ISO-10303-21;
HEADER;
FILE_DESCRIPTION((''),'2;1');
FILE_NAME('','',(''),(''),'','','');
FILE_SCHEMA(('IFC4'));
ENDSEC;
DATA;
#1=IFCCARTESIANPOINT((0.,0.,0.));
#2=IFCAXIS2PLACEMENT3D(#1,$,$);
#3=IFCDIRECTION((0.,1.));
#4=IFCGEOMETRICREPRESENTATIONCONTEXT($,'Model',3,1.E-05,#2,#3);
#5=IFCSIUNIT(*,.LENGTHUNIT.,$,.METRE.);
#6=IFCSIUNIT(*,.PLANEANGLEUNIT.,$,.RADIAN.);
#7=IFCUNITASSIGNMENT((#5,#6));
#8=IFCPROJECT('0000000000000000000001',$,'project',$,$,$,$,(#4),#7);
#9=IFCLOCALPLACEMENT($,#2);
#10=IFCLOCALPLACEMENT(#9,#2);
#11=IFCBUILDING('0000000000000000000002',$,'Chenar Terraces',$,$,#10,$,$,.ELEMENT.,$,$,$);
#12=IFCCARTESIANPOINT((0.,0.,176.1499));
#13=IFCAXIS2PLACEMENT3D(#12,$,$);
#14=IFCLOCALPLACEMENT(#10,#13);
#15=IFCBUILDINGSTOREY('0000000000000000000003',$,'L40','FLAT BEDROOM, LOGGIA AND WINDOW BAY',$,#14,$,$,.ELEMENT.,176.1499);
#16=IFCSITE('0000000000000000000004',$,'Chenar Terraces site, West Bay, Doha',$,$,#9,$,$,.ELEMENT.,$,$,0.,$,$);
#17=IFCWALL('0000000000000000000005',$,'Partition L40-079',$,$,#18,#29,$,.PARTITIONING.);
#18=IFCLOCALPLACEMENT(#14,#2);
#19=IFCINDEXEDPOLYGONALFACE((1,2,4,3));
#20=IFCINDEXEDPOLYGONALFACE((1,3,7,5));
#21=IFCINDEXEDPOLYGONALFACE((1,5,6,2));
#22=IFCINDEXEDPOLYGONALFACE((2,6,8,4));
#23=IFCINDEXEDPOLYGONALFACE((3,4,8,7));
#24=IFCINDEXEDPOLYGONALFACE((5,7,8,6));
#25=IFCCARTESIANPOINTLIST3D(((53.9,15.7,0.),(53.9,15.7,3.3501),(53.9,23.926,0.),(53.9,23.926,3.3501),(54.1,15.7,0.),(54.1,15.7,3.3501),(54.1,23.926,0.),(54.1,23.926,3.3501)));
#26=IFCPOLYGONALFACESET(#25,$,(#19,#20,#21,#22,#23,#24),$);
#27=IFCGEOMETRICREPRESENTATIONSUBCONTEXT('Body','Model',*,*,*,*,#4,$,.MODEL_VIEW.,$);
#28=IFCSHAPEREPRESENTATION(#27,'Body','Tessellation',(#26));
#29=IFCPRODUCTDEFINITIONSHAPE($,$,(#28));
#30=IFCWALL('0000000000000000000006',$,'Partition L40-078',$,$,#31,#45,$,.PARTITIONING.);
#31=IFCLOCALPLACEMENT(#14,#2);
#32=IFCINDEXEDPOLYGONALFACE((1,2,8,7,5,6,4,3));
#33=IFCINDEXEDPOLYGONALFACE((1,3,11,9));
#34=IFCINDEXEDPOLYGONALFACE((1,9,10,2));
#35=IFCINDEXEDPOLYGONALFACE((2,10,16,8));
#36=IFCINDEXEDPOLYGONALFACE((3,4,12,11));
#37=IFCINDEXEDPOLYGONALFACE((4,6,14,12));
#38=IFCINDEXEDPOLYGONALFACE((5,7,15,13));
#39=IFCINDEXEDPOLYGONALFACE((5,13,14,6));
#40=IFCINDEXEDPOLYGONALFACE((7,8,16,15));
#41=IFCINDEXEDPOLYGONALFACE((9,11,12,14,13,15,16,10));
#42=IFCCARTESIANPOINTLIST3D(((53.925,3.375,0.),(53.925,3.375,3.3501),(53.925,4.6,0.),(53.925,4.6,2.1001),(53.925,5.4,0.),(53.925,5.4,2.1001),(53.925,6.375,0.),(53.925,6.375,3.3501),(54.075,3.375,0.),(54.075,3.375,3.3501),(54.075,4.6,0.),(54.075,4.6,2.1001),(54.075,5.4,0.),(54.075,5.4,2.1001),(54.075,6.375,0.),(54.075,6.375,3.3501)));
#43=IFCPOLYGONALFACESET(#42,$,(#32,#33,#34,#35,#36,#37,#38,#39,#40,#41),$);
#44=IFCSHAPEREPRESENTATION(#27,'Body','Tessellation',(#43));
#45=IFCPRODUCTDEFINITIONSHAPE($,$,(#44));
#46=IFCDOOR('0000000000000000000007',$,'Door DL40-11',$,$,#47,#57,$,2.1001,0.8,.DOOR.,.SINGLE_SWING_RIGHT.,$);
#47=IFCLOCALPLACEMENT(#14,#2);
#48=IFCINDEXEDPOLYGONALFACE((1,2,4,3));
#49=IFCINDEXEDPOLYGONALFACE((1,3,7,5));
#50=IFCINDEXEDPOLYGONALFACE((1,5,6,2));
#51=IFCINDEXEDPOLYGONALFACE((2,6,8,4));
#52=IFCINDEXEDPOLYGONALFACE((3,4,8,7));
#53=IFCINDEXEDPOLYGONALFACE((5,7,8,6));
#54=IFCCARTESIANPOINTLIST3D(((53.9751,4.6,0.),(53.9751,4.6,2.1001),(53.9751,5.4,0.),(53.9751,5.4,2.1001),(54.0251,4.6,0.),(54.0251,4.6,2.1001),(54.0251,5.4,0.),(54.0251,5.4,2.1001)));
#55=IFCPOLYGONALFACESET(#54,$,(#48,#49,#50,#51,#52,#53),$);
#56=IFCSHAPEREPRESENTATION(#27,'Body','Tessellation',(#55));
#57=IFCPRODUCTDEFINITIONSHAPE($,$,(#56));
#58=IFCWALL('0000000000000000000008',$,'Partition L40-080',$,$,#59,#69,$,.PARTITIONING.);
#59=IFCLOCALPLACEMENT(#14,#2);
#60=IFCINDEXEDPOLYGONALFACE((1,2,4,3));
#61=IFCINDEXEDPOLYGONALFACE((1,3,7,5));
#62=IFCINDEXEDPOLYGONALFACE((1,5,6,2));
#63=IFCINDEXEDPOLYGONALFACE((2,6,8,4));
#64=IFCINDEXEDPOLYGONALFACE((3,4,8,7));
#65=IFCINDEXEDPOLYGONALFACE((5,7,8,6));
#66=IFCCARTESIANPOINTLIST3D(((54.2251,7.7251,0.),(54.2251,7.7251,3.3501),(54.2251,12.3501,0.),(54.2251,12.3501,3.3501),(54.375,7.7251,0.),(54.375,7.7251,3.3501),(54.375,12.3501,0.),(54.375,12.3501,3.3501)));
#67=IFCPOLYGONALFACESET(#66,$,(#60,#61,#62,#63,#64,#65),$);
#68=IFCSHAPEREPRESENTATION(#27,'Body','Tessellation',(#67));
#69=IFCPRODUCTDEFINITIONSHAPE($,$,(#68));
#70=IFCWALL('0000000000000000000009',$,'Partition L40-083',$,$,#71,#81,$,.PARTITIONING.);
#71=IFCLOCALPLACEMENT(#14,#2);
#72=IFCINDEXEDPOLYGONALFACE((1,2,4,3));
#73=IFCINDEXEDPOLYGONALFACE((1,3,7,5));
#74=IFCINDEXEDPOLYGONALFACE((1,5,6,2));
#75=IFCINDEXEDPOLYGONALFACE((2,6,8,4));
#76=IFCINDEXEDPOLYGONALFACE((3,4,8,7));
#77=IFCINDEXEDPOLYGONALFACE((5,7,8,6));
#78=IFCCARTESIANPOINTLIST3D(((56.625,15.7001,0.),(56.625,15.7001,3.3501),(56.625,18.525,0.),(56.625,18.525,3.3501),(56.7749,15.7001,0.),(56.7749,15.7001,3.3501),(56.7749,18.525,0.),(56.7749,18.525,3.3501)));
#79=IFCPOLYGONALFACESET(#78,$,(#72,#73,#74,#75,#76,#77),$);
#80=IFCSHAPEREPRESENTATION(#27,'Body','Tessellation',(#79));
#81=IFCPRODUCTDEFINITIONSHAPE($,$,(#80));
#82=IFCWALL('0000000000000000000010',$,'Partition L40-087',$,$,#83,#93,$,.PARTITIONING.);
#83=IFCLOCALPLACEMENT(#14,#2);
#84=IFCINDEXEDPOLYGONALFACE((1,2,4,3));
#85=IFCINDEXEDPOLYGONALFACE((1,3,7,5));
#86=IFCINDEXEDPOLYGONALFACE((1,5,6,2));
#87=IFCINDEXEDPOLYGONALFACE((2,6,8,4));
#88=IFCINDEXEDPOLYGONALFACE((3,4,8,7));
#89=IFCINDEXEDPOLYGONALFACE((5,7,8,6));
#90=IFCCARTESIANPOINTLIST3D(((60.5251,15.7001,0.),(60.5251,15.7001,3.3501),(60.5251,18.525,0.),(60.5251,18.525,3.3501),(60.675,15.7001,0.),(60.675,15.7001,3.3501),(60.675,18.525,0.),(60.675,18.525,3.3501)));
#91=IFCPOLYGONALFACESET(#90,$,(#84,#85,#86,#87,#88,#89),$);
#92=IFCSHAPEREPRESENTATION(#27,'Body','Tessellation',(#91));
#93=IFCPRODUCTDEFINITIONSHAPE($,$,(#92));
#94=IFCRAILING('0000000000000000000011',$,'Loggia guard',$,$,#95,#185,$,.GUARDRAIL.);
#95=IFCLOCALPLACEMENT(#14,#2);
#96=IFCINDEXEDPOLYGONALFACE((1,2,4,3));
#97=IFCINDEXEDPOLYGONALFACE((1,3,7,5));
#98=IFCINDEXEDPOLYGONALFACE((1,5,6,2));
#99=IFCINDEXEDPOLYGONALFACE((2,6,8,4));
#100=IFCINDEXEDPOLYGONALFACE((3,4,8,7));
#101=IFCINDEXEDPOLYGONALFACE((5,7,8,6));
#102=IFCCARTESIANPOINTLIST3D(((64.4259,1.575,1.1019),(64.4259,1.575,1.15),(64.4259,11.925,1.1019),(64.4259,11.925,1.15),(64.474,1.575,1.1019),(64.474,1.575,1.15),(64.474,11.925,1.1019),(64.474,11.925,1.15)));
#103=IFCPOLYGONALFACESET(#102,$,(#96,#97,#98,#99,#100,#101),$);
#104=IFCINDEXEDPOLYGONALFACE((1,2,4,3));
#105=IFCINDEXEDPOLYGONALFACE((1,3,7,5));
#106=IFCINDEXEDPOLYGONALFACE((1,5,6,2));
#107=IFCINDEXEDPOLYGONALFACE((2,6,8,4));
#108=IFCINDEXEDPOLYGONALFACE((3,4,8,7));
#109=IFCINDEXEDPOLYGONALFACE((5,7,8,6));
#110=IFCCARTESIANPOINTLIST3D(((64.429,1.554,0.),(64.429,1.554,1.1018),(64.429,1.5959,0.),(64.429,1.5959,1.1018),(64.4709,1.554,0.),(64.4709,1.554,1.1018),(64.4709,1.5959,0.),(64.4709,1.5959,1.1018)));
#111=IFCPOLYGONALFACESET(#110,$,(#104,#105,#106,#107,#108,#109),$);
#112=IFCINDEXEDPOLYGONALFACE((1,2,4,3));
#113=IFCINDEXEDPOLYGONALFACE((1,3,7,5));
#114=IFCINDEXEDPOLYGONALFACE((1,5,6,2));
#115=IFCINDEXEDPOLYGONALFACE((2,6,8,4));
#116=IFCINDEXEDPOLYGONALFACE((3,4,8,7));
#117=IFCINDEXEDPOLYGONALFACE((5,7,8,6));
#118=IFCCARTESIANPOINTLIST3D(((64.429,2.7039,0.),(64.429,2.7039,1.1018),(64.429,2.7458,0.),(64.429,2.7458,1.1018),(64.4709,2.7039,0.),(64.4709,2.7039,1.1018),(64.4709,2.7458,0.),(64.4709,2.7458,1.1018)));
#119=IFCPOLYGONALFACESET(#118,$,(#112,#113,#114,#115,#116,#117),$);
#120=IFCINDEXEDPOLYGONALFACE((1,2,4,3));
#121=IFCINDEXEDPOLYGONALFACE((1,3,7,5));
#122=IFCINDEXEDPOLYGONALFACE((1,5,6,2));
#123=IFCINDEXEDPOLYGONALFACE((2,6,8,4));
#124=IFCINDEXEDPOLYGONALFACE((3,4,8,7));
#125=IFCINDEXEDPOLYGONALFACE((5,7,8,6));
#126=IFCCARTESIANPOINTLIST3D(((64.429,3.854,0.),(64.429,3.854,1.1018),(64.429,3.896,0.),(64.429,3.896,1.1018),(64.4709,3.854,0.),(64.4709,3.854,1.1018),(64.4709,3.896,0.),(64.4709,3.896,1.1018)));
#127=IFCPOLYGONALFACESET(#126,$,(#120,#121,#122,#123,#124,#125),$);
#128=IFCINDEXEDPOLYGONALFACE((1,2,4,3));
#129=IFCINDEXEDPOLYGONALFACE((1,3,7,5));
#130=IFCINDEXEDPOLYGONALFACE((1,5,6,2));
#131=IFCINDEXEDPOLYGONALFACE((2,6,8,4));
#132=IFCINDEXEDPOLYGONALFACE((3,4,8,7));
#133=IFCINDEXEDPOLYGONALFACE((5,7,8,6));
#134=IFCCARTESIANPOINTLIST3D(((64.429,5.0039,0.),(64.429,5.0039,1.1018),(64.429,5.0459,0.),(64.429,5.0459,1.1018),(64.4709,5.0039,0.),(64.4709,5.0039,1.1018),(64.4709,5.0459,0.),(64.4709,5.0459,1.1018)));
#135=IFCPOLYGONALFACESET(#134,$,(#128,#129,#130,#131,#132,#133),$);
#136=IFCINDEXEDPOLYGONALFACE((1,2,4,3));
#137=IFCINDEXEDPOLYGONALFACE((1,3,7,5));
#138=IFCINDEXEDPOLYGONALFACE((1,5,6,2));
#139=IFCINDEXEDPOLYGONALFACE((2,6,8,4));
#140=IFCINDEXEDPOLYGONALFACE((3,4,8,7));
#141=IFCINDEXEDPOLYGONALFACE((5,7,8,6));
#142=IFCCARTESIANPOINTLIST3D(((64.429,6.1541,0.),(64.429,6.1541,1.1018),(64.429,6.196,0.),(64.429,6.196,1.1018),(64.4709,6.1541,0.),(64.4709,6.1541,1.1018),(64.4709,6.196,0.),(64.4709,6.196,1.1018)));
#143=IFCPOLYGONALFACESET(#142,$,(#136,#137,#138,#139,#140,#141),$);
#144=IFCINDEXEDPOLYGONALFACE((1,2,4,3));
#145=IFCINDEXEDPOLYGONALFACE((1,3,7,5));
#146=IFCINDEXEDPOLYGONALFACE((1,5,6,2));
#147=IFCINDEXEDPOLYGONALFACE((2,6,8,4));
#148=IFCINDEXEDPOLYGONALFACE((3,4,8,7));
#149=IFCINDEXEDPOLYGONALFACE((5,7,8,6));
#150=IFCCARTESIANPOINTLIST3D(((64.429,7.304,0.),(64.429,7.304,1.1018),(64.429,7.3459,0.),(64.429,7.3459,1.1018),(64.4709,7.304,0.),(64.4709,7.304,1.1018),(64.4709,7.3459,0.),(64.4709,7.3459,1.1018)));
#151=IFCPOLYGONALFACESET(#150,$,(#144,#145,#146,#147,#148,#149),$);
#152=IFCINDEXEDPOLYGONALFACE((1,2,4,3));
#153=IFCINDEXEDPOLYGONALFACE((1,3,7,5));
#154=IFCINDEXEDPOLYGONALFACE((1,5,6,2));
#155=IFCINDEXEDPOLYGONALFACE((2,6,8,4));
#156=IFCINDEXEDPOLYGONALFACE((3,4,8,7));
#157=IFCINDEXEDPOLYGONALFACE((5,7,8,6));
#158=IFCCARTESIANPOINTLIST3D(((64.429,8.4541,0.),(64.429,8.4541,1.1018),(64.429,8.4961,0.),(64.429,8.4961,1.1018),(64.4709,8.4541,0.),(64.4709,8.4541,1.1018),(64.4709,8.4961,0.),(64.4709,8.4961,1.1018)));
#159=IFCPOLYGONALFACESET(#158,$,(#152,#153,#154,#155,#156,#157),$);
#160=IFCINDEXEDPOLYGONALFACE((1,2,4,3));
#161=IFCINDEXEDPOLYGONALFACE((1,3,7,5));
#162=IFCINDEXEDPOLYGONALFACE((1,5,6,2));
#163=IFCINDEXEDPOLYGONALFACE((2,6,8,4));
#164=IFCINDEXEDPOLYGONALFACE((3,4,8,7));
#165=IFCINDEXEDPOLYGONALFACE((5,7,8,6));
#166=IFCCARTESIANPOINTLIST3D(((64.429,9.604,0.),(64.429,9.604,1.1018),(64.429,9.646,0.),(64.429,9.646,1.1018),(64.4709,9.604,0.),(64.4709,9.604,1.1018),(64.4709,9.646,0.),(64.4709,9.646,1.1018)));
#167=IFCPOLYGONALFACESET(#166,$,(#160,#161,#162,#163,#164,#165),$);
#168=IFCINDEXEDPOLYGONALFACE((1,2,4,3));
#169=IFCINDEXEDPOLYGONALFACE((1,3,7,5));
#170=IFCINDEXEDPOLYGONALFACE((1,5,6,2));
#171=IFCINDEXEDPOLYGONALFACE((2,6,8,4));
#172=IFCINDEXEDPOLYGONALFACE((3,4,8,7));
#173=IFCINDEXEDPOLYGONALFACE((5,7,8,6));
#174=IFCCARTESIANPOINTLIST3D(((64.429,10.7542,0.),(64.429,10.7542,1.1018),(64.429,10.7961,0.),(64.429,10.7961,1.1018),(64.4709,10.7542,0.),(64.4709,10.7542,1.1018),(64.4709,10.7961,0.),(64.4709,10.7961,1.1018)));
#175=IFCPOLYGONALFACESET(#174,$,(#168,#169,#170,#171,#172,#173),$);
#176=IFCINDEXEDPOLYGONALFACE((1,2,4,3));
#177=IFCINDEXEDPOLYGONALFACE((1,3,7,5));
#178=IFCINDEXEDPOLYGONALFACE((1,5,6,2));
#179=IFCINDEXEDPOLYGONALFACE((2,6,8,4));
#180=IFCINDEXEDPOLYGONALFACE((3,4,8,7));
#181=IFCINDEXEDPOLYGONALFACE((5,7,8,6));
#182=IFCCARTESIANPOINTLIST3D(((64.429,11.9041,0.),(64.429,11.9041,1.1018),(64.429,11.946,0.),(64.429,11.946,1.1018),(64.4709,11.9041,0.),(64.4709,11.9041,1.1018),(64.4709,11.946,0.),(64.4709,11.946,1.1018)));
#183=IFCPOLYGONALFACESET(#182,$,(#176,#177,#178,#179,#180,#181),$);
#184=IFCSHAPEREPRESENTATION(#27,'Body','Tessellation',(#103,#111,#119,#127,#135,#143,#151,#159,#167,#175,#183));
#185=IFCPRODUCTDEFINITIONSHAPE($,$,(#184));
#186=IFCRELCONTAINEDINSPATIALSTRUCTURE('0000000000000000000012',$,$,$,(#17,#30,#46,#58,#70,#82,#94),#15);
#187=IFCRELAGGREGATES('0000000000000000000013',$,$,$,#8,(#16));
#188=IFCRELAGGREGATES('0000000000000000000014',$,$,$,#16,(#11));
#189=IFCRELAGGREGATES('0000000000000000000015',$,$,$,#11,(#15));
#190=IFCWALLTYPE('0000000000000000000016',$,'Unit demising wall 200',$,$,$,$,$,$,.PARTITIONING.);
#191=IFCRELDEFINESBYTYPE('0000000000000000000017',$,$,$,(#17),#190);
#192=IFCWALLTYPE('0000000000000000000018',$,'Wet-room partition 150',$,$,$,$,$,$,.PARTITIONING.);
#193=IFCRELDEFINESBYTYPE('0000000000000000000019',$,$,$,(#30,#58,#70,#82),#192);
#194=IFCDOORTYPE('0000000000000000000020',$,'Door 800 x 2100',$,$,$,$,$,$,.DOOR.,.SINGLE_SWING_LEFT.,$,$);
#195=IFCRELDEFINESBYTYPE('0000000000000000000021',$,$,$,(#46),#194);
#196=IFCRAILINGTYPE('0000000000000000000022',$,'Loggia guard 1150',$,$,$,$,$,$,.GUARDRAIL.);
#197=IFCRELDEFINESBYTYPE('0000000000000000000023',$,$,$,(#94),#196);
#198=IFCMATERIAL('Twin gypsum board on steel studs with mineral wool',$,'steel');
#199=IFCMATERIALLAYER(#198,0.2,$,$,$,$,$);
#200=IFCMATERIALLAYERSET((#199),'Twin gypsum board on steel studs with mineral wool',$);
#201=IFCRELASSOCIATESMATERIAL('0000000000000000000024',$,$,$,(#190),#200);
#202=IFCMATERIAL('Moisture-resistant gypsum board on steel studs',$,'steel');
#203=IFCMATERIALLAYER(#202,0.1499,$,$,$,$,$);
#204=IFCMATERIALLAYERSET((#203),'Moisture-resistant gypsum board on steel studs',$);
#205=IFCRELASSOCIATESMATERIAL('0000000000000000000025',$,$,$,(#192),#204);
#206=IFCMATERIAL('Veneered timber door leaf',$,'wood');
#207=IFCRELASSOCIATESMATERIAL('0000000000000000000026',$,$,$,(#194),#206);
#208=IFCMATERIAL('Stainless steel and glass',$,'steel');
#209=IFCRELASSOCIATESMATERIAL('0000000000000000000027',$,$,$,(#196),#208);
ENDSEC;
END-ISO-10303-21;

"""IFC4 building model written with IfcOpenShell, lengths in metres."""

from ifc_helpers import new_model, si_unit, direction, frame, frame_2d, origin, origin_2d, place, context, subcontext, project, spatial, rectangle, extrude, material, layer, layer_set, type_object, element, fill, save


model = new_model("IFC4")

# Units and contexts
model_context = context("Model", 3, precision=1e-05, world=origin(), true_north=direction((0.0, 1.0)))
body_context = subcontext(model_context, "Body", "Model", "MODEL_VIEW")
ifc_project = project(units=[si_unit("LENGTHUNIT", "METRE"), si_unit("PLANEANGLEUNIT", "RADIAN")], contexts=[model_context])

# Site, building, storey
site_placement = place(None, origin())
site = spatial("IfcSite", under=ifc_project, at=site_placement, Name="Chenar Terraces site, West Bay, Doha", CompositionType="ELEMENT", RefElevation=0.0)
building_placement = place(site_placement, origin())
building = spatial("IfcBuilding", under=site, at=building_placement, Name="Chenar Terraces", CompositionType="ELEMENT")
storey_placement = place(building_placement, frame((0.0, 0.0, 176.1499)))
storey = spatial("IfcBuildingStorey", under=building, at=storey_placement, Name="L40", Description="FLAT BEDROOM, LOGGIA AND WINDOW BAY", CompositionType="ELEMENT", Elevation=176.1499)

# Wall
ifc_material_1 = material(Name="Twin gypsum board on steel studs with mineral wool", Category="steel")
ifc_layer_1 = layer(ifc_material_1, 0.2)
ifc_layer_set_1 = layer_set([ifc_layer_1], Name="Twin gypsum board on steel studs with mineral wool")
wall_type_1 = type_object("IfcWallType", Name="Unit demising wall 200", PredefinedType="PARTITIONING", material=ifc_layer_set_1)
wall_1_placement = place(storey_placement, frame((54.0, 15.7, 0.0), z_axis=(0.0, 0.0, 1.0), x_axis=(0.0, 1.0, 0.0)))
element("IfcWall", 1, at=wall_1_placement, inside=storey, type_object=wall_type_1, Name="Partition L40-079", PredefinedType="PARTITIONING", context=body_context, shape_type="SweptSolid", body=[
    extrude(rectangle(XDim=8.2261, YDim=0.2, at=frame_2d((4.113, 0.0))), origin(), (0.0, 0.0, 1.0), 3.3501),
])

# Wall, opening, door
ifc_material_2 = material(Name="Moisture-resistant gypsum board on steel studs", Category="steel")
ifc_layer_2 = layer(ifc_material_2, 0.1499)
ifc_layer_set_2 = layer_set([ifc_layer_2], Name="Moisture-resistant gypsum board on steel studs")
wall_type_2 = type_object("IfcWallType", Name="Wet-room partition 150", PredefinedType="PARTITIONING", material=ifc_layer_set_2)
wall_2_placement = place(storey_placement, frame((54.0, 3.375, 0.0), z_axis=(0.0, 0.0, 1.0), x_axis=(0.0, 1.0, 0.0)))
wall_2 = element("IfcWall", 2, at=wall_2_placement, inside=storey, type_object=wall_type_2, Name="Partition L40-078", PredefinedType="PARTITIONING", context=body_context, shape_type="SweptSolid", body=[
    extrude(rectangle(XDim=3.0, YDim=0.1499, at=frame_2d((1.5, 0.0))), origin(), (0.0, 0.0, 1.0), 3.3501),
])
opening_1_placement = place(wall_2_placement, frame((1.2251, 0.0, 0.0)))
opening_1 = element("IfcOpeningElement", 3, at=opening_1_placement, cuts=wall_2, PredefinedType="OPENING", context=body_context, shape_type="SweptSolid", body=[
    extrude(rectangle(XDim=0.8, YDim=2.1001, at=frame_2d((0.3999, 1.05))), frame((0.0, 0.085, 0.0), z_axis=(0.0, -1.0, 0.0), x_axis=(1.0, 0.0, 0.0)), (0.0, 0.0, 1.0), 0.1699),
])
ifc_material_3 = material(Name="Veneered timber door leaf", Category="wood")
door_type_1 = type_object("IfcDoorType", Name="Door 800 x 2100", OperationType="SINGLE_SWING_LEFT", PredefinedType="DOOR", material=ifc_material_3)
door_1_placement = place(opening_1_placement, origin())
door_1 = element("IfcDoor", 4, at=door_1_placement, inside=storey, type_object=door_type_1, Name="Door DL40-11", OperationType="SINGLE_SWING_RIGHT", OverallHeight=2.1001, OverallWidth=0.8, PredefinedType="DOOR", context=body_context, shape_type="SweptSolid", body=[
    extrude(rectangle(XDim=0.8, YDim=2.1001, at=frame_2d((0.3999, 1.05))), frame((0.0, 0.0249, 0.0), z_axis=(0.0, -1.0, 0.0), x_axis=(1.0, 0.0, 0.0)), (0.0, 0.0, 1.0), 0.05),
])
fill(opening_1, door_1)

# Walls
wall_3_placement = place(storey_placement, frame((54.3, 7.7251, 0.0), z_axis=(0.0, 0.0, 1.0), x_axis=(0.0, 1.0, 0.0)))
element("IfcWall", 5, at=wall_3_placement, inside=storey, type_object=wall_type_2, Name="Partition L40-080", PredefinedType="PARTITIONING", context=body_context, shape_type="SweptSolid", body=[
    extrude(rectangle(XDim=4.625, YDim=0.1499, at=frame_2d((2.3125, 0.0))), origin(), (0.0, 0.0, 1.0), 3.3501),
])
for number, where, z_axis, x_axis, name in (
    (6, (56.7, 15.7, 0.0), (0.0, 0.0, 1.0), (0.0, 1.0, 0.0), "Partition L40-083"),
    (7, (60.6001, 15.7, 0.0), (0.0, 0.0, 1.0), (0.0, 1.0, 0.0), "Partition L40-087"),
):
    element("IfcWall", number, at=place(storey_placement, frame(where, z_axis=z_axis, x_axis=x_axis)), inside=storey, type_object=wall_type_2, Name=name, PredefinedType="PARTITIONING", context=body_context, shape_type="SweptSolid", body=[
        extrude(rectangle(XDim=2.825, YDim=0.1499, at=frame_2d((1.4126, 0.0))), origin(), (0.0, 0.0, 1.0), 3.3501),
    ])

# Railing
ifc_material_4 = material(Name="Stainless steel and glass", Category="steel")
railing_type = type_object("IfcRailingType", Name="Loggia guard 1150", PredefinedType="GUARDRAIL", material=ifc_material_4)
railing_placement = place(storey_placement, frame((64.45, 1.575, 0.0)))
element("IfcRailing", 8, at=railing_placement, inside=storey, type_object=railing_type, Name="Loggia guard", PredefinedType="GUARDRAIL", context=body_context, shape_type="SweptSolid", body=[
    extrude(rectangle(XDim=0.0481, YDim=0.0481, at=origin_2d()), frame((0.0, 0.0, 1.126), z_axis=(0.0, 1.0, 0.0), x_axis=(-1.0, 0.0, 0.0)), (0.0, 0.0, 1.0), 10.3501),
    extrude(rectangle(XDim=0.042, YDim=0.042, at=origin_2d()), origin(), (0.0, 0.0, 1.0), 1.1018),
    extrude(rectangle(XDim=0.042, YDim=0.042, at=origin_2d()), frame((0.0, 1.1499, 0.0)), (0.0, 0.0, 1.0), 1.1018),
    extrude(rectangle(XDim=0.042, YDim=0.042, at=origin_2d()), frame((0.0, 2.3, 0.0)), (0.0, 0.0, 1.0), 1.1018),
    extrude(rectangle(XDim=0.042, YDim=0.042, at=origin_2d()), frame((0.0, 3.45, 0.0)), (0.0, 0.0, 1.0), 1.1018),
    extrude(rectangle(XDim=0.042, YDim=0.042, at=origin_2d()), frame((0.0, 4.6001, 0.0)), (0.0, 0.0, 1.0), 1.1018),
    extrude(rectangle(XDim=0.042, YDim=0.042, at=origin_2d()), frame((0.0, 5.75, 0.0)), (0.0, 0.0, 1.0), 1.1018),
    extrude(rectangle(XDim=0.042, YDim=0.042, at=origin_2d()), frame((0.0, 6.9001, 0.0)), (0.0, 0.0, 1.0), 1.1018),
    extrude(rectangle(XDim=0.042, YDim=0.042, at=origin_2d()), frame((0.0, 8.05, 0.0)), (0.0, 0.0, 1.0), 1.1018),
    extrude(rectangle(XDim=0.042, YDim=0.042, at=origin_2d()), frame((0.0, 9.2002, 0.0)), (0.0, 0.0, 1.0), 1.1018),
    extrude(rectangle(XDim=0.042, YDim=0.042, at=origin_2d()), frame((0.0, 10.3501, 0.0)), (0.0, 0.0, 1.0), 1.1018),
])

save(model, "model.ifc")
